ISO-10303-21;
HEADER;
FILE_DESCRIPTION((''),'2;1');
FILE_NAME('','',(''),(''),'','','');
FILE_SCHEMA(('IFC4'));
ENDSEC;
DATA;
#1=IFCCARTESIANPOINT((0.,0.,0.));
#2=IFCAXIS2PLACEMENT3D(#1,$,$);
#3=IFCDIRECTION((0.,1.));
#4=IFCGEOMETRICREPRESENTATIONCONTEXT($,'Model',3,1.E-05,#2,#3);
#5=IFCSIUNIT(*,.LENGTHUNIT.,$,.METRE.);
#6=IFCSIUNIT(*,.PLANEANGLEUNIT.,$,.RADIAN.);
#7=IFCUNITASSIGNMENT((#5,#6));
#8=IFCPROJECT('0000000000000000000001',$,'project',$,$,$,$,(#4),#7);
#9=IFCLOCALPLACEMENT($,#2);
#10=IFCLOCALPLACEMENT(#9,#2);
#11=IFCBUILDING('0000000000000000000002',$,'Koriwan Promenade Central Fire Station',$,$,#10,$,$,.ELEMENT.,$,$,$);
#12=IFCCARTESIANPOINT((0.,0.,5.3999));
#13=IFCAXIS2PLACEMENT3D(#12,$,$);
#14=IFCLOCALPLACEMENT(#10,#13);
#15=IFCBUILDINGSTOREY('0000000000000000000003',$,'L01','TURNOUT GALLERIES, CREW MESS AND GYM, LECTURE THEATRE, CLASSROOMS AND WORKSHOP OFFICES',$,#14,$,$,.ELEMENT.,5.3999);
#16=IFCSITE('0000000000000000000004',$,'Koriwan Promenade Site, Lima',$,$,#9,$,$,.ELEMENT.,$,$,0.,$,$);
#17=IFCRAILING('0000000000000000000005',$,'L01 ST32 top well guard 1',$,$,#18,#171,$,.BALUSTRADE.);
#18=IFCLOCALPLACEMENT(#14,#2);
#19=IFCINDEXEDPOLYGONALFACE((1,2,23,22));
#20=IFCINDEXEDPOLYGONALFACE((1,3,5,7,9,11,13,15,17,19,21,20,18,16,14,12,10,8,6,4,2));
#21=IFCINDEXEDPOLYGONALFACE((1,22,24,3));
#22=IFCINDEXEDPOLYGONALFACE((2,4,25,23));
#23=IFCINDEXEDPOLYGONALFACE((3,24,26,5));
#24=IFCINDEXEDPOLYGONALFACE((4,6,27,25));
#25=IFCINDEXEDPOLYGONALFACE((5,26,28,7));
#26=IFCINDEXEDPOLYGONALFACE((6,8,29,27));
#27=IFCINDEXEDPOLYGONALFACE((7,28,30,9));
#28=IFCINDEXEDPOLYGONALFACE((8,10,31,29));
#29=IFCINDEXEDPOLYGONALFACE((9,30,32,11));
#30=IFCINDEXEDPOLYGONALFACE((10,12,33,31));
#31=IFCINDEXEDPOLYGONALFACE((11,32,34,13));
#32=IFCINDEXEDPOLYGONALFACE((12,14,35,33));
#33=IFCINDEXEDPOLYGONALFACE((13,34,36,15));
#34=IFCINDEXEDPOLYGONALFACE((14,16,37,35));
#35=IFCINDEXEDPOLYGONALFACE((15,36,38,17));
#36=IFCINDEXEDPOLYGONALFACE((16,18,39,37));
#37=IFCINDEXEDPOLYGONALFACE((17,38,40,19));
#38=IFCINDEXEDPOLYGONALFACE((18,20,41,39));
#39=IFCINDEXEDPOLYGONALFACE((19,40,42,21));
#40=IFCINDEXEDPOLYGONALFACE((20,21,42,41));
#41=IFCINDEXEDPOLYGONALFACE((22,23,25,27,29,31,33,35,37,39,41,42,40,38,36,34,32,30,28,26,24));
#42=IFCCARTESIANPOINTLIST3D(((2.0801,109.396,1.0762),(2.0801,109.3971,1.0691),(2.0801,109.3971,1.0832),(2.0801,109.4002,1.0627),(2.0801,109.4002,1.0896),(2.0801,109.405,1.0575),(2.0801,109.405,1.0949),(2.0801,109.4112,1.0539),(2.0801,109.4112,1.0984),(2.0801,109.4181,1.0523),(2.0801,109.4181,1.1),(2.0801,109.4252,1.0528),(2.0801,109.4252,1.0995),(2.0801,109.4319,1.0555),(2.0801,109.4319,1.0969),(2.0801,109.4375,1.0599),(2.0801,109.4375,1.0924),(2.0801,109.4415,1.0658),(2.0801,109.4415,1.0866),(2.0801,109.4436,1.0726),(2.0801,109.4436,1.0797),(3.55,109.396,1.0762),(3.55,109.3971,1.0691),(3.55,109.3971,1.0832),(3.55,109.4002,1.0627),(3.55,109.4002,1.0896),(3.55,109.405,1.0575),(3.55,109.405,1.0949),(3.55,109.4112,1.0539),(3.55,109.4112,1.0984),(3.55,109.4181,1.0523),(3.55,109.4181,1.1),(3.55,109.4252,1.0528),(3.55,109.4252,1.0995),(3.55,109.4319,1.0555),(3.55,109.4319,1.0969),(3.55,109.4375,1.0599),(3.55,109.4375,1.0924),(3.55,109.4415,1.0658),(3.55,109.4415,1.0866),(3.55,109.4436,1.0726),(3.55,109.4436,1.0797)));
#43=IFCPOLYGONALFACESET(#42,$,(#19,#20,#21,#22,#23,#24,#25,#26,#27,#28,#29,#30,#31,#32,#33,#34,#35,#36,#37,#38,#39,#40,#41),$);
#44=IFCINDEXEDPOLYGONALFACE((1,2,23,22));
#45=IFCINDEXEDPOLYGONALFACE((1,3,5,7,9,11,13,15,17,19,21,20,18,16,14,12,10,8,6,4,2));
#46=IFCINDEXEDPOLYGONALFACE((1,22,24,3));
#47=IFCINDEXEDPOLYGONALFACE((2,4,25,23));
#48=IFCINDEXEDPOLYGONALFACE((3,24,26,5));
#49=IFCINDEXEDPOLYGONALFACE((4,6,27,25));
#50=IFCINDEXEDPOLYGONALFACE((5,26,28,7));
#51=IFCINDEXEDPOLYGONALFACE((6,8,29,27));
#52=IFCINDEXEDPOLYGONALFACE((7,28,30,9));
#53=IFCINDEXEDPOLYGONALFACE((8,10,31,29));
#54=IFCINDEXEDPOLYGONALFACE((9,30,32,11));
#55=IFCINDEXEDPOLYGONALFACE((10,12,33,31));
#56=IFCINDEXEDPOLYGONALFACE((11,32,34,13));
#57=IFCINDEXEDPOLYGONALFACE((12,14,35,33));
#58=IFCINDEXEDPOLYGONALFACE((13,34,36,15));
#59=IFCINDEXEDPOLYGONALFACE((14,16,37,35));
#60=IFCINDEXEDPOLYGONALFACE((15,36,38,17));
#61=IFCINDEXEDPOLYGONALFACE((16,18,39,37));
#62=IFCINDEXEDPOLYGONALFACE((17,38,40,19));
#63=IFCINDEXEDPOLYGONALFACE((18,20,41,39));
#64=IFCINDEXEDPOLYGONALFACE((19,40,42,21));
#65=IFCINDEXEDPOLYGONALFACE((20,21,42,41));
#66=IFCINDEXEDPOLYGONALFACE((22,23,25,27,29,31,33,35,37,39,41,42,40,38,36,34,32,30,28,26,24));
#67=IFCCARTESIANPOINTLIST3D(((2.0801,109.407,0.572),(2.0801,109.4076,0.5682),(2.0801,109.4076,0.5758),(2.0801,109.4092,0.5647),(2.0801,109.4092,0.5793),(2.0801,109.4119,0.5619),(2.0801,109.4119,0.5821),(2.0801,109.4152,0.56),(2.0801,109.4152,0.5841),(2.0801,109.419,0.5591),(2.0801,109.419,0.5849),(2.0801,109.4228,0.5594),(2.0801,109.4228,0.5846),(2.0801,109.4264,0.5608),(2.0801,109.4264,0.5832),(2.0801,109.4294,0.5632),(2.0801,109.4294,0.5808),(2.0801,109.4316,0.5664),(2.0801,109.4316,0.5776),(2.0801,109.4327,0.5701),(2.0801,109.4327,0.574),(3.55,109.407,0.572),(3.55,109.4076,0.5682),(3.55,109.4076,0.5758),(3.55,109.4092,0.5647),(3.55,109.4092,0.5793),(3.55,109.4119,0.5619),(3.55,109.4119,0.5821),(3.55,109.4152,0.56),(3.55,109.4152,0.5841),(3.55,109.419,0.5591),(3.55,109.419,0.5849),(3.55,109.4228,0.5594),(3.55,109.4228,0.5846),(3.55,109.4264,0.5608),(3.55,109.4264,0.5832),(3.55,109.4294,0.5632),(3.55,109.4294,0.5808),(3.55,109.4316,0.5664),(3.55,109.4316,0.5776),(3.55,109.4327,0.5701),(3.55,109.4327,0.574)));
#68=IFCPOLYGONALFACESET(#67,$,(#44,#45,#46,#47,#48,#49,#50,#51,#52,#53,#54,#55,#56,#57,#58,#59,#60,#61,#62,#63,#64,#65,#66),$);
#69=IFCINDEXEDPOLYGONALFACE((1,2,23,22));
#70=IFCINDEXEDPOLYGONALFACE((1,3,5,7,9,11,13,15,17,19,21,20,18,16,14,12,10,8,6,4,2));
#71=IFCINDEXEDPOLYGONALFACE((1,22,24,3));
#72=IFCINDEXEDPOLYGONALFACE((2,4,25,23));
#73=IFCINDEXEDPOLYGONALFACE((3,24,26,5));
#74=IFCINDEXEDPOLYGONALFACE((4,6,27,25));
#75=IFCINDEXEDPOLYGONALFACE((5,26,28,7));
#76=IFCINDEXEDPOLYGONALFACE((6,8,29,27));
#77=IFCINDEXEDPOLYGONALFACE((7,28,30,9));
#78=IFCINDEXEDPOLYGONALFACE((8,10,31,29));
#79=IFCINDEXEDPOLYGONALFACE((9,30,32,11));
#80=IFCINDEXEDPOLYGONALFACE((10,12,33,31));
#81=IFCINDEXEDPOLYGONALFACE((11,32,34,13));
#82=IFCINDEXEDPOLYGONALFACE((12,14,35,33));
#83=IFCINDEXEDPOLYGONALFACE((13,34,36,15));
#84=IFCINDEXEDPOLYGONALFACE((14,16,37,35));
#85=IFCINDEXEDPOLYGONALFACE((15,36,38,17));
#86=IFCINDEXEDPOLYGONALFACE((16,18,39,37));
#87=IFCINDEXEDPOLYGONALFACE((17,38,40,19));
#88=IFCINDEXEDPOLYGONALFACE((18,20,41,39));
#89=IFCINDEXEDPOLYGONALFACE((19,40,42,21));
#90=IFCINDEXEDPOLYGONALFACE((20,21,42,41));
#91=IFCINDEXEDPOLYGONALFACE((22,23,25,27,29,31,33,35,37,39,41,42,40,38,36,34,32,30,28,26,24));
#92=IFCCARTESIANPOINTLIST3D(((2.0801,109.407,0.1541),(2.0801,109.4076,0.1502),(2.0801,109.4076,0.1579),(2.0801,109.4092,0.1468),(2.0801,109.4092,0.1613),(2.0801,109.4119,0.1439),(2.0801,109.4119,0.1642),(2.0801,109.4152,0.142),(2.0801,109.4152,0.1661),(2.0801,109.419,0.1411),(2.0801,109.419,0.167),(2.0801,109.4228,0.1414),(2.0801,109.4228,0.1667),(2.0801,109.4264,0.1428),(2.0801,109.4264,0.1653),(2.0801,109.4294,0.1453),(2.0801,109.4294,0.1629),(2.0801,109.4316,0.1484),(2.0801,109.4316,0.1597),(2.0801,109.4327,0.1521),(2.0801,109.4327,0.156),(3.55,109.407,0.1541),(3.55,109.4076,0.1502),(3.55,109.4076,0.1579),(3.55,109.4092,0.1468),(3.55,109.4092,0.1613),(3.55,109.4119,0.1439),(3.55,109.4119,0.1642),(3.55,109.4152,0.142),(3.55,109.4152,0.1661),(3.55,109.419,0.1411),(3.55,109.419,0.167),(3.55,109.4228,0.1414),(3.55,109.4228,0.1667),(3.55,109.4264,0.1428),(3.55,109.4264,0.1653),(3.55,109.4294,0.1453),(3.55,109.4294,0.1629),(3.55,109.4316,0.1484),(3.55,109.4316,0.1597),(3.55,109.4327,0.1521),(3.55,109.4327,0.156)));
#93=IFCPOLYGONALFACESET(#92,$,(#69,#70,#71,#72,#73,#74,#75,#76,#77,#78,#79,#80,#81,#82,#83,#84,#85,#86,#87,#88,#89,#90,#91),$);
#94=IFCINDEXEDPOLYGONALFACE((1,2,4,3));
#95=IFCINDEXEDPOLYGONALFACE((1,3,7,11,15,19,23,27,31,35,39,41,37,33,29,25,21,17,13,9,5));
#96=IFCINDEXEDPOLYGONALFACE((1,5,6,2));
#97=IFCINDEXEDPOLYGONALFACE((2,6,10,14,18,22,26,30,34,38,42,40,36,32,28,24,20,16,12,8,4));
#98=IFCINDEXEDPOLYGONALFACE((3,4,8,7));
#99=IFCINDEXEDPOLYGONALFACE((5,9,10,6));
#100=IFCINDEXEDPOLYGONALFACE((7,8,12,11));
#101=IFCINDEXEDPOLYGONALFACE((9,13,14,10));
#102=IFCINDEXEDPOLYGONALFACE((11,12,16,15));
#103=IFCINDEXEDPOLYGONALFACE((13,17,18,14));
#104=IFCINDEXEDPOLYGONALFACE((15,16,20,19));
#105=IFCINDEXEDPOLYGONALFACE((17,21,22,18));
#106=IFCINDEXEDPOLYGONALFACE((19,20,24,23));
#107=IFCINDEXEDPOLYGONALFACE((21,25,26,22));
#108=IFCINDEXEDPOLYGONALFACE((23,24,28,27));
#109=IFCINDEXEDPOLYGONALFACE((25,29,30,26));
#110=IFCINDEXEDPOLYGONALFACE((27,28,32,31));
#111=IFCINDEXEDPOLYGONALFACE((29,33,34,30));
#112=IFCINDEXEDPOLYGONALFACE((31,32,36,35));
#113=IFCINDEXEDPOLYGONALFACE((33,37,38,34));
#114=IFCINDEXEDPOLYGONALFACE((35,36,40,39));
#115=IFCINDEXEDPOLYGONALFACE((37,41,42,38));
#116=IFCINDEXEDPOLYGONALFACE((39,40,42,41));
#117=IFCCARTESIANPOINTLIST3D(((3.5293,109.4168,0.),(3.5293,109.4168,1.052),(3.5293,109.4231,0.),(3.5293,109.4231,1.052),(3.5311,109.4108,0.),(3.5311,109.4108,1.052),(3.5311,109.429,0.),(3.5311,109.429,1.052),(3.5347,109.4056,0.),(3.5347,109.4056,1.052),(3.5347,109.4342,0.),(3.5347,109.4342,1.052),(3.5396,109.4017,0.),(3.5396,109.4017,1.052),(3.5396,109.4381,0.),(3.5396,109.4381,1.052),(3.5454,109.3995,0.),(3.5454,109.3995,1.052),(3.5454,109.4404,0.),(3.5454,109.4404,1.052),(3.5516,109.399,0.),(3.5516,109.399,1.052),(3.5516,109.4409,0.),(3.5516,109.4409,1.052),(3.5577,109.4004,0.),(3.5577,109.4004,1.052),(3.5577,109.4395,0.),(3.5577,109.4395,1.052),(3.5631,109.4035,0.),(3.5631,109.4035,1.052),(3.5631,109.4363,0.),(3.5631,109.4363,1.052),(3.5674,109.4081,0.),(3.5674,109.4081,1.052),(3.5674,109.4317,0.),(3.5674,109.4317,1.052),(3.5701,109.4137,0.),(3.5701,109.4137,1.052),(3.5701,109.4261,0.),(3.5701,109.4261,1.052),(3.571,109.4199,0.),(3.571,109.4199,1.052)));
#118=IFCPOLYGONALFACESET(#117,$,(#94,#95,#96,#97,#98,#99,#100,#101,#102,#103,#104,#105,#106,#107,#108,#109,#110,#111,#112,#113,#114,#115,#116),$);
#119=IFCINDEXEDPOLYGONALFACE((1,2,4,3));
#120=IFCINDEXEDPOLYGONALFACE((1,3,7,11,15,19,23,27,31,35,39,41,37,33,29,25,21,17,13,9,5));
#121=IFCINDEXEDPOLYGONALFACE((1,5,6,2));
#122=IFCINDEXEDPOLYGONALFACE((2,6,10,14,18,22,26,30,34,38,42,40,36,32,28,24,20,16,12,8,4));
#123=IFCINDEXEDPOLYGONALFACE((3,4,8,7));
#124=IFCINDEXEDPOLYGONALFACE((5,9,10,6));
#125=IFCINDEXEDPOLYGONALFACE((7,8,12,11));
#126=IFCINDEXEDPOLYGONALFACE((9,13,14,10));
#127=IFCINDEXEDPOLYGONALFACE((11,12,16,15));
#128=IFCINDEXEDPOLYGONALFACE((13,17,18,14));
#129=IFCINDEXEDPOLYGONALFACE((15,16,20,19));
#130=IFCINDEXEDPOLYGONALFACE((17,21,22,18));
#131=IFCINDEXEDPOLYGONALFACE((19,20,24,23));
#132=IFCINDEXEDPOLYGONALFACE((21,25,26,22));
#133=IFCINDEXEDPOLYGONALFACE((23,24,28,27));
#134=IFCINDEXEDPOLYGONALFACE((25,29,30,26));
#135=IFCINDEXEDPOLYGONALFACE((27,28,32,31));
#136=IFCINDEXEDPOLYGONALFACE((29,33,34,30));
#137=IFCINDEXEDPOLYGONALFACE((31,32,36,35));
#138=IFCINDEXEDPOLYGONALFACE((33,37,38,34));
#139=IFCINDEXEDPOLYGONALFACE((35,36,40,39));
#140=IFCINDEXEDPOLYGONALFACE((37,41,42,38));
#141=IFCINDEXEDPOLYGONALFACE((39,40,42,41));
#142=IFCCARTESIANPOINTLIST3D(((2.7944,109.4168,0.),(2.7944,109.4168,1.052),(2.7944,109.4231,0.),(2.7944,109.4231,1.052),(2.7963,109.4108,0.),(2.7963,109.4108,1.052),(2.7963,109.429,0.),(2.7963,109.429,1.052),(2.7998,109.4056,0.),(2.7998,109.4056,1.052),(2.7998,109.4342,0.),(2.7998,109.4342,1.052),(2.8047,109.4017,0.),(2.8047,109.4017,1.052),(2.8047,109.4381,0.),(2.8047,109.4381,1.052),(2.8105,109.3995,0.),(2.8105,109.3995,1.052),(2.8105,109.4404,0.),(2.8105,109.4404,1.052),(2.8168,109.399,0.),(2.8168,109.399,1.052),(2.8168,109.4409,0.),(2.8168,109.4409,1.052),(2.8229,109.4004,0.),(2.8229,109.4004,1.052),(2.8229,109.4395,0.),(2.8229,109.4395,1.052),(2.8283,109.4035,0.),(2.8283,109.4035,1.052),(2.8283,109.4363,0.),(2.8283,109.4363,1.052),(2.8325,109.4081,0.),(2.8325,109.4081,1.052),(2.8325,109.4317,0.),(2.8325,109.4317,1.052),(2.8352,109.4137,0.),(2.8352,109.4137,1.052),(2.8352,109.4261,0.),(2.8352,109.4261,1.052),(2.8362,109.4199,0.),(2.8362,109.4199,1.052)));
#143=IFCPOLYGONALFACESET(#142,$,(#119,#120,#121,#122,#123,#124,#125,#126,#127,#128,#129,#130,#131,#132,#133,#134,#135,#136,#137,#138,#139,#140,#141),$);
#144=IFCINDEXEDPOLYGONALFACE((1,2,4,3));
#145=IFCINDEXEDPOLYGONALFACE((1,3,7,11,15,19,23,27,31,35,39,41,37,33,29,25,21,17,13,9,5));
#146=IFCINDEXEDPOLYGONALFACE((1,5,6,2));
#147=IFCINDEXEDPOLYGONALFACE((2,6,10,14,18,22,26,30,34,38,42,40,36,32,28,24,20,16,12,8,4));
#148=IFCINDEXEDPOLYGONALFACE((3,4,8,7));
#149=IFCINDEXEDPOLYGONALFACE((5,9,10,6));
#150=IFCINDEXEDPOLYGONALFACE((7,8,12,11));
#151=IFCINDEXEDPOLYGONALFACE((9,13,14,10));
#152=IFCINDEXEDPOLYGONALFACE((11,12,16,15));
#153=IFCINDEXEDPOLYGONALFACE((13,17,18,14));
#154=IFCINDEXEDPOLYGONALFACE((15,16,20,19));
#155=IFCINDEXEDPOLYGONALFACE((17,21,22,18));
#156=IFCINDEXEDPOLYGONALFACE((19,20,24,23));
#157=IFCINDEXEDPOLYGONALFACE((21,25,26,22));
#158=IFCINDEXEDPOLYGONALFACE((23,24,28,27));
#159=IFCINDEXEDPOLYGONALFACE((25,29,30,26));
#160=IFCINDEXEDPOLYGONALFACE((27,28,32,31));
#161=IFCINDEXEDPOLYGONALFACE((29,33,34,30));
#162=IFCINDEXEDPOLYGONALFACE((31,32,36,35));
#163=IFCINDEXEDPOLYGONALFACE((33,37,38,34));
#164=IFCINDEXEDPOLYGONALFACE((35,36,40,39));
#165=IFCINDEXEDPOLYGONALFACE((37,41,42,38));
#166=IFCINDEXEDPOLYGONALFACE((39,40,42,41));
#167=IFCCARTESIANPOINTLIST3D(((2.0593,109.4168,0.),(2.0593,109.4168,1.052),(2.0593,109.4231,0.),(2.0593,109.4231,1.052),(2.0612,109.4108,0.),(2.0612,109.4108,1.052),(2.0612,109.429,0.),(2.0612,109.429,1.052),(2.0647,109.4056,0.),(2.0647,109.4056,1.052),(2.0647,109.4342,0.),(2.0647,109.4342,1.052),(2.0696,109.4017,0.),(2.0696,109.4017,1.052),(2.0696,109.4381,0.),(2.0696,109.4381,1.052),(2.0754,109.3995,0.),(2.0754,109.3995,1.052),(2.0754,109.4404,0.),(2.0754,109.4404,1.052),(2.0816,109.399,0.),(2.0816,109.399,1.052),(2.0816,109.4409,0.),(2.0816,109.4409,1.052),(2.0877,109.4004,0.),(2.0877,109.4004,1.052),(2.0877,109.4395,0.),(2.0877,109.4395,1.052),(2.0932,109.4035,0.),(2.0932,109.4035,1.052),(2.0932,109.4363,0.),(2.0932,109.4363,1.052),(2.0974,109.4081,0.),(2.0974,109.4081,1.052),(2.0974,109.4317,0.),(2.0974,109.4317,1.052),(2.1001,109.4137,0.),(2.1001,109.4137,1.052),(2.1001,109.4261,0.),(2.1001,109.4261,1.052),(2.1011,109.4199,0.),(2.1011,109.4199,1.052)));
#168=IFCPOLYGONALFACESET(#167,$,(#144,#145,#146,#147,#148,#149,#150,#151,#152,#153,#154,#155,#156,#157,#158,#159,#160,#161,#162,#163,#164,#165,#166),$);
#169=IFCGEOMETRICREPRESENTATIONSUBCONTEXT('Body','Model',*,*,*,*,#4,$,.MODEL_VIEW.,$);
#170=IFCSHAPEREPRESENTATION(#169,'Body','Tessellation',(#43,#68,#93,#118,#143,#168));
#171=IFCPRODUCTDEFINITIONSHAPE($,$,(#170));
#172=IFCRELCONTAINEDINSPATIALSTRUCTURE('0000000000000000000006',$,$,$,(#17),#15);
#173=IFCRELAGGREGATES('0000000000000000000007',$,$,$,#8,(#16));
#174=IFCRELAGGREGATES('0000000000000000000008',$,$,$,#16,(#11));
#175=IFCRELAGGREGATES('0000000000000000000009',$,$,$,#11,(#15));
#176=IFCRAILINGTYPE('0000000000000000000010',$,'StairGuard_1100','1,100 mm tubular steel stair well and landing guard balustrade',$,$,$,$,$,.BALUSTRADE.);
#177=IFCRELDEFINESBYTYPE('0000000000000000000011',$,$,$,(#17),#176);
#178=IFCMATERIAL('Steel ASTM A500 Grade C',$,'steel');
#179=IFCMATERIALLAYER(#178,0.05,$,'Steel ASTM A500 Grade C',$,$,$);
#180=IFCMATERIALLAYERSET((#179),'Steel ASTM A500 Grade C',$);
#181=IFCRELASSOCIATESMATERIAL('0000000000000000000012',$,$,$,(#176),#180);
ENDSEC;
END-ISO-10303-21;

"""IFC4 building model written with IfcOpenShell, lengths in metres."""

from ifc_helpers import new_model, si_unit, direction, frame, origin, origin_2d, place, context, subcontext, project, spatial, circle, extrude, material, layer, layer_set, type_object, element, save


model = new_model("IFC4")

# Units and contexts
model_context = context("Model", 3, precision=1e-05, world=origin(), true_north=direction((0.0, 1.0)))
body_context = subcontext(model_context, "Body", "Model", "MODEL_VIEW")
ifc_project = project(units=[si_unit("LENGTHUNIT", "METRE"), si_unit("PLANEANGLEUNIT", "RADIAN")], contexts=[model_context])

# Site, building, storey
site_placement = place(None, origin())
site = spatial("IfcSite", under=ifc_project, at=site_placement, Name="Koriwan Promenade Site, Lima", CompositionType="ELEMENT", RefElevation=0.0)
building_placement = place(site_placement, origin())
building = spatial("IfcBuilding", under=site, at=building_placement, Name="Koriwan Promenade Central Fire Station", CompositionType="ELEMENT")
storey_placement = place(building_placement, frame((0.0, 0.0, 5.3999)))
storey = spatial("IfcBuildingStorey", under=building, at=storey_placement, Name="L01", Description="TURNOUT GALLERIES, CREW MESS AND GYM, LECTURE THEATRE, CLASSROOMS AND WORKSHOP OFFICES", CompositionType="ELEMENT", Elevation=5.3999)

# Railing
ifc_material_1 = material(Name="Steel ASTM A500 Grade C", Category="steel")
ifc_layer_1 = layer(ifc_material_1, 0.05, Name="Steel ASTM A500 Grade C")
ifc_layer_set_1 = layer_set([ifc_layer_1], Name="Steel ASTM A500 Grade C")
railing_type = type_object("IfcRailingType", Name="StairGuard_1100", Description="1,100 mm tubular steel stair well and landing guard balustrade", PredefinedType="BALUSTRADE", material=ifc_layer_set_1)
railing_placement = place(storey_placement, frame((3.55, 109.4199, 0.0)))
element("IfcRailing", 1, at=railing_placement, inside=storey, type_object=railing_type, Name="L01 ST32 top well guard 1", PredefinedType="BALUSTRADE", context=body_context, shape_type="SweptSolid", body=[
    extrude(circle(Radius=0.0239, at=origin_2d()), frame((0.0, 0.0, 1.0762), z_axis=(-1.0, 0.0, 0.0), x_axis=(0.0, -1.0, 0.0)), (0.0, 0.0, 1.0), 1.47),
    extrude(circle(Radius=0.0129, at=origin_2d()), frame((0.0, 0.0, 0.572), z_axis=(-1.0, 0.0, 0.0), x_axis=(0.0, -1.0, 0.0)), (0.0, 0.0, 1.0), 1.47),
    extrude(circle(Radius=0.0129, at=origin_2d()), frame((0.0, 0.0, 0.1541), z_axis=(-1.0, 0.0, 0.0), x_axis=(0.0, -1.0, 0.0)), (0.0, 0.0, 1.0), 1.47),
    extrude(circle(Radius=0.021, at=origin_2d()), origin(), (0.0, 0.0, 1.0), 1.052),
    extrude(circle(Radius=0.021, at=origin_2d()), frame((-0.7349, 0.0, 0.0)), (0.0, 0.0, 1.0), 1.052),
    extrude(circle(Radius=0.021, at=origin_2d()), frame((-1.47, 0.0, 0.0)), (0.0, 0.0, 1.0), 1.052),
])

save(model, "model.ifc")
